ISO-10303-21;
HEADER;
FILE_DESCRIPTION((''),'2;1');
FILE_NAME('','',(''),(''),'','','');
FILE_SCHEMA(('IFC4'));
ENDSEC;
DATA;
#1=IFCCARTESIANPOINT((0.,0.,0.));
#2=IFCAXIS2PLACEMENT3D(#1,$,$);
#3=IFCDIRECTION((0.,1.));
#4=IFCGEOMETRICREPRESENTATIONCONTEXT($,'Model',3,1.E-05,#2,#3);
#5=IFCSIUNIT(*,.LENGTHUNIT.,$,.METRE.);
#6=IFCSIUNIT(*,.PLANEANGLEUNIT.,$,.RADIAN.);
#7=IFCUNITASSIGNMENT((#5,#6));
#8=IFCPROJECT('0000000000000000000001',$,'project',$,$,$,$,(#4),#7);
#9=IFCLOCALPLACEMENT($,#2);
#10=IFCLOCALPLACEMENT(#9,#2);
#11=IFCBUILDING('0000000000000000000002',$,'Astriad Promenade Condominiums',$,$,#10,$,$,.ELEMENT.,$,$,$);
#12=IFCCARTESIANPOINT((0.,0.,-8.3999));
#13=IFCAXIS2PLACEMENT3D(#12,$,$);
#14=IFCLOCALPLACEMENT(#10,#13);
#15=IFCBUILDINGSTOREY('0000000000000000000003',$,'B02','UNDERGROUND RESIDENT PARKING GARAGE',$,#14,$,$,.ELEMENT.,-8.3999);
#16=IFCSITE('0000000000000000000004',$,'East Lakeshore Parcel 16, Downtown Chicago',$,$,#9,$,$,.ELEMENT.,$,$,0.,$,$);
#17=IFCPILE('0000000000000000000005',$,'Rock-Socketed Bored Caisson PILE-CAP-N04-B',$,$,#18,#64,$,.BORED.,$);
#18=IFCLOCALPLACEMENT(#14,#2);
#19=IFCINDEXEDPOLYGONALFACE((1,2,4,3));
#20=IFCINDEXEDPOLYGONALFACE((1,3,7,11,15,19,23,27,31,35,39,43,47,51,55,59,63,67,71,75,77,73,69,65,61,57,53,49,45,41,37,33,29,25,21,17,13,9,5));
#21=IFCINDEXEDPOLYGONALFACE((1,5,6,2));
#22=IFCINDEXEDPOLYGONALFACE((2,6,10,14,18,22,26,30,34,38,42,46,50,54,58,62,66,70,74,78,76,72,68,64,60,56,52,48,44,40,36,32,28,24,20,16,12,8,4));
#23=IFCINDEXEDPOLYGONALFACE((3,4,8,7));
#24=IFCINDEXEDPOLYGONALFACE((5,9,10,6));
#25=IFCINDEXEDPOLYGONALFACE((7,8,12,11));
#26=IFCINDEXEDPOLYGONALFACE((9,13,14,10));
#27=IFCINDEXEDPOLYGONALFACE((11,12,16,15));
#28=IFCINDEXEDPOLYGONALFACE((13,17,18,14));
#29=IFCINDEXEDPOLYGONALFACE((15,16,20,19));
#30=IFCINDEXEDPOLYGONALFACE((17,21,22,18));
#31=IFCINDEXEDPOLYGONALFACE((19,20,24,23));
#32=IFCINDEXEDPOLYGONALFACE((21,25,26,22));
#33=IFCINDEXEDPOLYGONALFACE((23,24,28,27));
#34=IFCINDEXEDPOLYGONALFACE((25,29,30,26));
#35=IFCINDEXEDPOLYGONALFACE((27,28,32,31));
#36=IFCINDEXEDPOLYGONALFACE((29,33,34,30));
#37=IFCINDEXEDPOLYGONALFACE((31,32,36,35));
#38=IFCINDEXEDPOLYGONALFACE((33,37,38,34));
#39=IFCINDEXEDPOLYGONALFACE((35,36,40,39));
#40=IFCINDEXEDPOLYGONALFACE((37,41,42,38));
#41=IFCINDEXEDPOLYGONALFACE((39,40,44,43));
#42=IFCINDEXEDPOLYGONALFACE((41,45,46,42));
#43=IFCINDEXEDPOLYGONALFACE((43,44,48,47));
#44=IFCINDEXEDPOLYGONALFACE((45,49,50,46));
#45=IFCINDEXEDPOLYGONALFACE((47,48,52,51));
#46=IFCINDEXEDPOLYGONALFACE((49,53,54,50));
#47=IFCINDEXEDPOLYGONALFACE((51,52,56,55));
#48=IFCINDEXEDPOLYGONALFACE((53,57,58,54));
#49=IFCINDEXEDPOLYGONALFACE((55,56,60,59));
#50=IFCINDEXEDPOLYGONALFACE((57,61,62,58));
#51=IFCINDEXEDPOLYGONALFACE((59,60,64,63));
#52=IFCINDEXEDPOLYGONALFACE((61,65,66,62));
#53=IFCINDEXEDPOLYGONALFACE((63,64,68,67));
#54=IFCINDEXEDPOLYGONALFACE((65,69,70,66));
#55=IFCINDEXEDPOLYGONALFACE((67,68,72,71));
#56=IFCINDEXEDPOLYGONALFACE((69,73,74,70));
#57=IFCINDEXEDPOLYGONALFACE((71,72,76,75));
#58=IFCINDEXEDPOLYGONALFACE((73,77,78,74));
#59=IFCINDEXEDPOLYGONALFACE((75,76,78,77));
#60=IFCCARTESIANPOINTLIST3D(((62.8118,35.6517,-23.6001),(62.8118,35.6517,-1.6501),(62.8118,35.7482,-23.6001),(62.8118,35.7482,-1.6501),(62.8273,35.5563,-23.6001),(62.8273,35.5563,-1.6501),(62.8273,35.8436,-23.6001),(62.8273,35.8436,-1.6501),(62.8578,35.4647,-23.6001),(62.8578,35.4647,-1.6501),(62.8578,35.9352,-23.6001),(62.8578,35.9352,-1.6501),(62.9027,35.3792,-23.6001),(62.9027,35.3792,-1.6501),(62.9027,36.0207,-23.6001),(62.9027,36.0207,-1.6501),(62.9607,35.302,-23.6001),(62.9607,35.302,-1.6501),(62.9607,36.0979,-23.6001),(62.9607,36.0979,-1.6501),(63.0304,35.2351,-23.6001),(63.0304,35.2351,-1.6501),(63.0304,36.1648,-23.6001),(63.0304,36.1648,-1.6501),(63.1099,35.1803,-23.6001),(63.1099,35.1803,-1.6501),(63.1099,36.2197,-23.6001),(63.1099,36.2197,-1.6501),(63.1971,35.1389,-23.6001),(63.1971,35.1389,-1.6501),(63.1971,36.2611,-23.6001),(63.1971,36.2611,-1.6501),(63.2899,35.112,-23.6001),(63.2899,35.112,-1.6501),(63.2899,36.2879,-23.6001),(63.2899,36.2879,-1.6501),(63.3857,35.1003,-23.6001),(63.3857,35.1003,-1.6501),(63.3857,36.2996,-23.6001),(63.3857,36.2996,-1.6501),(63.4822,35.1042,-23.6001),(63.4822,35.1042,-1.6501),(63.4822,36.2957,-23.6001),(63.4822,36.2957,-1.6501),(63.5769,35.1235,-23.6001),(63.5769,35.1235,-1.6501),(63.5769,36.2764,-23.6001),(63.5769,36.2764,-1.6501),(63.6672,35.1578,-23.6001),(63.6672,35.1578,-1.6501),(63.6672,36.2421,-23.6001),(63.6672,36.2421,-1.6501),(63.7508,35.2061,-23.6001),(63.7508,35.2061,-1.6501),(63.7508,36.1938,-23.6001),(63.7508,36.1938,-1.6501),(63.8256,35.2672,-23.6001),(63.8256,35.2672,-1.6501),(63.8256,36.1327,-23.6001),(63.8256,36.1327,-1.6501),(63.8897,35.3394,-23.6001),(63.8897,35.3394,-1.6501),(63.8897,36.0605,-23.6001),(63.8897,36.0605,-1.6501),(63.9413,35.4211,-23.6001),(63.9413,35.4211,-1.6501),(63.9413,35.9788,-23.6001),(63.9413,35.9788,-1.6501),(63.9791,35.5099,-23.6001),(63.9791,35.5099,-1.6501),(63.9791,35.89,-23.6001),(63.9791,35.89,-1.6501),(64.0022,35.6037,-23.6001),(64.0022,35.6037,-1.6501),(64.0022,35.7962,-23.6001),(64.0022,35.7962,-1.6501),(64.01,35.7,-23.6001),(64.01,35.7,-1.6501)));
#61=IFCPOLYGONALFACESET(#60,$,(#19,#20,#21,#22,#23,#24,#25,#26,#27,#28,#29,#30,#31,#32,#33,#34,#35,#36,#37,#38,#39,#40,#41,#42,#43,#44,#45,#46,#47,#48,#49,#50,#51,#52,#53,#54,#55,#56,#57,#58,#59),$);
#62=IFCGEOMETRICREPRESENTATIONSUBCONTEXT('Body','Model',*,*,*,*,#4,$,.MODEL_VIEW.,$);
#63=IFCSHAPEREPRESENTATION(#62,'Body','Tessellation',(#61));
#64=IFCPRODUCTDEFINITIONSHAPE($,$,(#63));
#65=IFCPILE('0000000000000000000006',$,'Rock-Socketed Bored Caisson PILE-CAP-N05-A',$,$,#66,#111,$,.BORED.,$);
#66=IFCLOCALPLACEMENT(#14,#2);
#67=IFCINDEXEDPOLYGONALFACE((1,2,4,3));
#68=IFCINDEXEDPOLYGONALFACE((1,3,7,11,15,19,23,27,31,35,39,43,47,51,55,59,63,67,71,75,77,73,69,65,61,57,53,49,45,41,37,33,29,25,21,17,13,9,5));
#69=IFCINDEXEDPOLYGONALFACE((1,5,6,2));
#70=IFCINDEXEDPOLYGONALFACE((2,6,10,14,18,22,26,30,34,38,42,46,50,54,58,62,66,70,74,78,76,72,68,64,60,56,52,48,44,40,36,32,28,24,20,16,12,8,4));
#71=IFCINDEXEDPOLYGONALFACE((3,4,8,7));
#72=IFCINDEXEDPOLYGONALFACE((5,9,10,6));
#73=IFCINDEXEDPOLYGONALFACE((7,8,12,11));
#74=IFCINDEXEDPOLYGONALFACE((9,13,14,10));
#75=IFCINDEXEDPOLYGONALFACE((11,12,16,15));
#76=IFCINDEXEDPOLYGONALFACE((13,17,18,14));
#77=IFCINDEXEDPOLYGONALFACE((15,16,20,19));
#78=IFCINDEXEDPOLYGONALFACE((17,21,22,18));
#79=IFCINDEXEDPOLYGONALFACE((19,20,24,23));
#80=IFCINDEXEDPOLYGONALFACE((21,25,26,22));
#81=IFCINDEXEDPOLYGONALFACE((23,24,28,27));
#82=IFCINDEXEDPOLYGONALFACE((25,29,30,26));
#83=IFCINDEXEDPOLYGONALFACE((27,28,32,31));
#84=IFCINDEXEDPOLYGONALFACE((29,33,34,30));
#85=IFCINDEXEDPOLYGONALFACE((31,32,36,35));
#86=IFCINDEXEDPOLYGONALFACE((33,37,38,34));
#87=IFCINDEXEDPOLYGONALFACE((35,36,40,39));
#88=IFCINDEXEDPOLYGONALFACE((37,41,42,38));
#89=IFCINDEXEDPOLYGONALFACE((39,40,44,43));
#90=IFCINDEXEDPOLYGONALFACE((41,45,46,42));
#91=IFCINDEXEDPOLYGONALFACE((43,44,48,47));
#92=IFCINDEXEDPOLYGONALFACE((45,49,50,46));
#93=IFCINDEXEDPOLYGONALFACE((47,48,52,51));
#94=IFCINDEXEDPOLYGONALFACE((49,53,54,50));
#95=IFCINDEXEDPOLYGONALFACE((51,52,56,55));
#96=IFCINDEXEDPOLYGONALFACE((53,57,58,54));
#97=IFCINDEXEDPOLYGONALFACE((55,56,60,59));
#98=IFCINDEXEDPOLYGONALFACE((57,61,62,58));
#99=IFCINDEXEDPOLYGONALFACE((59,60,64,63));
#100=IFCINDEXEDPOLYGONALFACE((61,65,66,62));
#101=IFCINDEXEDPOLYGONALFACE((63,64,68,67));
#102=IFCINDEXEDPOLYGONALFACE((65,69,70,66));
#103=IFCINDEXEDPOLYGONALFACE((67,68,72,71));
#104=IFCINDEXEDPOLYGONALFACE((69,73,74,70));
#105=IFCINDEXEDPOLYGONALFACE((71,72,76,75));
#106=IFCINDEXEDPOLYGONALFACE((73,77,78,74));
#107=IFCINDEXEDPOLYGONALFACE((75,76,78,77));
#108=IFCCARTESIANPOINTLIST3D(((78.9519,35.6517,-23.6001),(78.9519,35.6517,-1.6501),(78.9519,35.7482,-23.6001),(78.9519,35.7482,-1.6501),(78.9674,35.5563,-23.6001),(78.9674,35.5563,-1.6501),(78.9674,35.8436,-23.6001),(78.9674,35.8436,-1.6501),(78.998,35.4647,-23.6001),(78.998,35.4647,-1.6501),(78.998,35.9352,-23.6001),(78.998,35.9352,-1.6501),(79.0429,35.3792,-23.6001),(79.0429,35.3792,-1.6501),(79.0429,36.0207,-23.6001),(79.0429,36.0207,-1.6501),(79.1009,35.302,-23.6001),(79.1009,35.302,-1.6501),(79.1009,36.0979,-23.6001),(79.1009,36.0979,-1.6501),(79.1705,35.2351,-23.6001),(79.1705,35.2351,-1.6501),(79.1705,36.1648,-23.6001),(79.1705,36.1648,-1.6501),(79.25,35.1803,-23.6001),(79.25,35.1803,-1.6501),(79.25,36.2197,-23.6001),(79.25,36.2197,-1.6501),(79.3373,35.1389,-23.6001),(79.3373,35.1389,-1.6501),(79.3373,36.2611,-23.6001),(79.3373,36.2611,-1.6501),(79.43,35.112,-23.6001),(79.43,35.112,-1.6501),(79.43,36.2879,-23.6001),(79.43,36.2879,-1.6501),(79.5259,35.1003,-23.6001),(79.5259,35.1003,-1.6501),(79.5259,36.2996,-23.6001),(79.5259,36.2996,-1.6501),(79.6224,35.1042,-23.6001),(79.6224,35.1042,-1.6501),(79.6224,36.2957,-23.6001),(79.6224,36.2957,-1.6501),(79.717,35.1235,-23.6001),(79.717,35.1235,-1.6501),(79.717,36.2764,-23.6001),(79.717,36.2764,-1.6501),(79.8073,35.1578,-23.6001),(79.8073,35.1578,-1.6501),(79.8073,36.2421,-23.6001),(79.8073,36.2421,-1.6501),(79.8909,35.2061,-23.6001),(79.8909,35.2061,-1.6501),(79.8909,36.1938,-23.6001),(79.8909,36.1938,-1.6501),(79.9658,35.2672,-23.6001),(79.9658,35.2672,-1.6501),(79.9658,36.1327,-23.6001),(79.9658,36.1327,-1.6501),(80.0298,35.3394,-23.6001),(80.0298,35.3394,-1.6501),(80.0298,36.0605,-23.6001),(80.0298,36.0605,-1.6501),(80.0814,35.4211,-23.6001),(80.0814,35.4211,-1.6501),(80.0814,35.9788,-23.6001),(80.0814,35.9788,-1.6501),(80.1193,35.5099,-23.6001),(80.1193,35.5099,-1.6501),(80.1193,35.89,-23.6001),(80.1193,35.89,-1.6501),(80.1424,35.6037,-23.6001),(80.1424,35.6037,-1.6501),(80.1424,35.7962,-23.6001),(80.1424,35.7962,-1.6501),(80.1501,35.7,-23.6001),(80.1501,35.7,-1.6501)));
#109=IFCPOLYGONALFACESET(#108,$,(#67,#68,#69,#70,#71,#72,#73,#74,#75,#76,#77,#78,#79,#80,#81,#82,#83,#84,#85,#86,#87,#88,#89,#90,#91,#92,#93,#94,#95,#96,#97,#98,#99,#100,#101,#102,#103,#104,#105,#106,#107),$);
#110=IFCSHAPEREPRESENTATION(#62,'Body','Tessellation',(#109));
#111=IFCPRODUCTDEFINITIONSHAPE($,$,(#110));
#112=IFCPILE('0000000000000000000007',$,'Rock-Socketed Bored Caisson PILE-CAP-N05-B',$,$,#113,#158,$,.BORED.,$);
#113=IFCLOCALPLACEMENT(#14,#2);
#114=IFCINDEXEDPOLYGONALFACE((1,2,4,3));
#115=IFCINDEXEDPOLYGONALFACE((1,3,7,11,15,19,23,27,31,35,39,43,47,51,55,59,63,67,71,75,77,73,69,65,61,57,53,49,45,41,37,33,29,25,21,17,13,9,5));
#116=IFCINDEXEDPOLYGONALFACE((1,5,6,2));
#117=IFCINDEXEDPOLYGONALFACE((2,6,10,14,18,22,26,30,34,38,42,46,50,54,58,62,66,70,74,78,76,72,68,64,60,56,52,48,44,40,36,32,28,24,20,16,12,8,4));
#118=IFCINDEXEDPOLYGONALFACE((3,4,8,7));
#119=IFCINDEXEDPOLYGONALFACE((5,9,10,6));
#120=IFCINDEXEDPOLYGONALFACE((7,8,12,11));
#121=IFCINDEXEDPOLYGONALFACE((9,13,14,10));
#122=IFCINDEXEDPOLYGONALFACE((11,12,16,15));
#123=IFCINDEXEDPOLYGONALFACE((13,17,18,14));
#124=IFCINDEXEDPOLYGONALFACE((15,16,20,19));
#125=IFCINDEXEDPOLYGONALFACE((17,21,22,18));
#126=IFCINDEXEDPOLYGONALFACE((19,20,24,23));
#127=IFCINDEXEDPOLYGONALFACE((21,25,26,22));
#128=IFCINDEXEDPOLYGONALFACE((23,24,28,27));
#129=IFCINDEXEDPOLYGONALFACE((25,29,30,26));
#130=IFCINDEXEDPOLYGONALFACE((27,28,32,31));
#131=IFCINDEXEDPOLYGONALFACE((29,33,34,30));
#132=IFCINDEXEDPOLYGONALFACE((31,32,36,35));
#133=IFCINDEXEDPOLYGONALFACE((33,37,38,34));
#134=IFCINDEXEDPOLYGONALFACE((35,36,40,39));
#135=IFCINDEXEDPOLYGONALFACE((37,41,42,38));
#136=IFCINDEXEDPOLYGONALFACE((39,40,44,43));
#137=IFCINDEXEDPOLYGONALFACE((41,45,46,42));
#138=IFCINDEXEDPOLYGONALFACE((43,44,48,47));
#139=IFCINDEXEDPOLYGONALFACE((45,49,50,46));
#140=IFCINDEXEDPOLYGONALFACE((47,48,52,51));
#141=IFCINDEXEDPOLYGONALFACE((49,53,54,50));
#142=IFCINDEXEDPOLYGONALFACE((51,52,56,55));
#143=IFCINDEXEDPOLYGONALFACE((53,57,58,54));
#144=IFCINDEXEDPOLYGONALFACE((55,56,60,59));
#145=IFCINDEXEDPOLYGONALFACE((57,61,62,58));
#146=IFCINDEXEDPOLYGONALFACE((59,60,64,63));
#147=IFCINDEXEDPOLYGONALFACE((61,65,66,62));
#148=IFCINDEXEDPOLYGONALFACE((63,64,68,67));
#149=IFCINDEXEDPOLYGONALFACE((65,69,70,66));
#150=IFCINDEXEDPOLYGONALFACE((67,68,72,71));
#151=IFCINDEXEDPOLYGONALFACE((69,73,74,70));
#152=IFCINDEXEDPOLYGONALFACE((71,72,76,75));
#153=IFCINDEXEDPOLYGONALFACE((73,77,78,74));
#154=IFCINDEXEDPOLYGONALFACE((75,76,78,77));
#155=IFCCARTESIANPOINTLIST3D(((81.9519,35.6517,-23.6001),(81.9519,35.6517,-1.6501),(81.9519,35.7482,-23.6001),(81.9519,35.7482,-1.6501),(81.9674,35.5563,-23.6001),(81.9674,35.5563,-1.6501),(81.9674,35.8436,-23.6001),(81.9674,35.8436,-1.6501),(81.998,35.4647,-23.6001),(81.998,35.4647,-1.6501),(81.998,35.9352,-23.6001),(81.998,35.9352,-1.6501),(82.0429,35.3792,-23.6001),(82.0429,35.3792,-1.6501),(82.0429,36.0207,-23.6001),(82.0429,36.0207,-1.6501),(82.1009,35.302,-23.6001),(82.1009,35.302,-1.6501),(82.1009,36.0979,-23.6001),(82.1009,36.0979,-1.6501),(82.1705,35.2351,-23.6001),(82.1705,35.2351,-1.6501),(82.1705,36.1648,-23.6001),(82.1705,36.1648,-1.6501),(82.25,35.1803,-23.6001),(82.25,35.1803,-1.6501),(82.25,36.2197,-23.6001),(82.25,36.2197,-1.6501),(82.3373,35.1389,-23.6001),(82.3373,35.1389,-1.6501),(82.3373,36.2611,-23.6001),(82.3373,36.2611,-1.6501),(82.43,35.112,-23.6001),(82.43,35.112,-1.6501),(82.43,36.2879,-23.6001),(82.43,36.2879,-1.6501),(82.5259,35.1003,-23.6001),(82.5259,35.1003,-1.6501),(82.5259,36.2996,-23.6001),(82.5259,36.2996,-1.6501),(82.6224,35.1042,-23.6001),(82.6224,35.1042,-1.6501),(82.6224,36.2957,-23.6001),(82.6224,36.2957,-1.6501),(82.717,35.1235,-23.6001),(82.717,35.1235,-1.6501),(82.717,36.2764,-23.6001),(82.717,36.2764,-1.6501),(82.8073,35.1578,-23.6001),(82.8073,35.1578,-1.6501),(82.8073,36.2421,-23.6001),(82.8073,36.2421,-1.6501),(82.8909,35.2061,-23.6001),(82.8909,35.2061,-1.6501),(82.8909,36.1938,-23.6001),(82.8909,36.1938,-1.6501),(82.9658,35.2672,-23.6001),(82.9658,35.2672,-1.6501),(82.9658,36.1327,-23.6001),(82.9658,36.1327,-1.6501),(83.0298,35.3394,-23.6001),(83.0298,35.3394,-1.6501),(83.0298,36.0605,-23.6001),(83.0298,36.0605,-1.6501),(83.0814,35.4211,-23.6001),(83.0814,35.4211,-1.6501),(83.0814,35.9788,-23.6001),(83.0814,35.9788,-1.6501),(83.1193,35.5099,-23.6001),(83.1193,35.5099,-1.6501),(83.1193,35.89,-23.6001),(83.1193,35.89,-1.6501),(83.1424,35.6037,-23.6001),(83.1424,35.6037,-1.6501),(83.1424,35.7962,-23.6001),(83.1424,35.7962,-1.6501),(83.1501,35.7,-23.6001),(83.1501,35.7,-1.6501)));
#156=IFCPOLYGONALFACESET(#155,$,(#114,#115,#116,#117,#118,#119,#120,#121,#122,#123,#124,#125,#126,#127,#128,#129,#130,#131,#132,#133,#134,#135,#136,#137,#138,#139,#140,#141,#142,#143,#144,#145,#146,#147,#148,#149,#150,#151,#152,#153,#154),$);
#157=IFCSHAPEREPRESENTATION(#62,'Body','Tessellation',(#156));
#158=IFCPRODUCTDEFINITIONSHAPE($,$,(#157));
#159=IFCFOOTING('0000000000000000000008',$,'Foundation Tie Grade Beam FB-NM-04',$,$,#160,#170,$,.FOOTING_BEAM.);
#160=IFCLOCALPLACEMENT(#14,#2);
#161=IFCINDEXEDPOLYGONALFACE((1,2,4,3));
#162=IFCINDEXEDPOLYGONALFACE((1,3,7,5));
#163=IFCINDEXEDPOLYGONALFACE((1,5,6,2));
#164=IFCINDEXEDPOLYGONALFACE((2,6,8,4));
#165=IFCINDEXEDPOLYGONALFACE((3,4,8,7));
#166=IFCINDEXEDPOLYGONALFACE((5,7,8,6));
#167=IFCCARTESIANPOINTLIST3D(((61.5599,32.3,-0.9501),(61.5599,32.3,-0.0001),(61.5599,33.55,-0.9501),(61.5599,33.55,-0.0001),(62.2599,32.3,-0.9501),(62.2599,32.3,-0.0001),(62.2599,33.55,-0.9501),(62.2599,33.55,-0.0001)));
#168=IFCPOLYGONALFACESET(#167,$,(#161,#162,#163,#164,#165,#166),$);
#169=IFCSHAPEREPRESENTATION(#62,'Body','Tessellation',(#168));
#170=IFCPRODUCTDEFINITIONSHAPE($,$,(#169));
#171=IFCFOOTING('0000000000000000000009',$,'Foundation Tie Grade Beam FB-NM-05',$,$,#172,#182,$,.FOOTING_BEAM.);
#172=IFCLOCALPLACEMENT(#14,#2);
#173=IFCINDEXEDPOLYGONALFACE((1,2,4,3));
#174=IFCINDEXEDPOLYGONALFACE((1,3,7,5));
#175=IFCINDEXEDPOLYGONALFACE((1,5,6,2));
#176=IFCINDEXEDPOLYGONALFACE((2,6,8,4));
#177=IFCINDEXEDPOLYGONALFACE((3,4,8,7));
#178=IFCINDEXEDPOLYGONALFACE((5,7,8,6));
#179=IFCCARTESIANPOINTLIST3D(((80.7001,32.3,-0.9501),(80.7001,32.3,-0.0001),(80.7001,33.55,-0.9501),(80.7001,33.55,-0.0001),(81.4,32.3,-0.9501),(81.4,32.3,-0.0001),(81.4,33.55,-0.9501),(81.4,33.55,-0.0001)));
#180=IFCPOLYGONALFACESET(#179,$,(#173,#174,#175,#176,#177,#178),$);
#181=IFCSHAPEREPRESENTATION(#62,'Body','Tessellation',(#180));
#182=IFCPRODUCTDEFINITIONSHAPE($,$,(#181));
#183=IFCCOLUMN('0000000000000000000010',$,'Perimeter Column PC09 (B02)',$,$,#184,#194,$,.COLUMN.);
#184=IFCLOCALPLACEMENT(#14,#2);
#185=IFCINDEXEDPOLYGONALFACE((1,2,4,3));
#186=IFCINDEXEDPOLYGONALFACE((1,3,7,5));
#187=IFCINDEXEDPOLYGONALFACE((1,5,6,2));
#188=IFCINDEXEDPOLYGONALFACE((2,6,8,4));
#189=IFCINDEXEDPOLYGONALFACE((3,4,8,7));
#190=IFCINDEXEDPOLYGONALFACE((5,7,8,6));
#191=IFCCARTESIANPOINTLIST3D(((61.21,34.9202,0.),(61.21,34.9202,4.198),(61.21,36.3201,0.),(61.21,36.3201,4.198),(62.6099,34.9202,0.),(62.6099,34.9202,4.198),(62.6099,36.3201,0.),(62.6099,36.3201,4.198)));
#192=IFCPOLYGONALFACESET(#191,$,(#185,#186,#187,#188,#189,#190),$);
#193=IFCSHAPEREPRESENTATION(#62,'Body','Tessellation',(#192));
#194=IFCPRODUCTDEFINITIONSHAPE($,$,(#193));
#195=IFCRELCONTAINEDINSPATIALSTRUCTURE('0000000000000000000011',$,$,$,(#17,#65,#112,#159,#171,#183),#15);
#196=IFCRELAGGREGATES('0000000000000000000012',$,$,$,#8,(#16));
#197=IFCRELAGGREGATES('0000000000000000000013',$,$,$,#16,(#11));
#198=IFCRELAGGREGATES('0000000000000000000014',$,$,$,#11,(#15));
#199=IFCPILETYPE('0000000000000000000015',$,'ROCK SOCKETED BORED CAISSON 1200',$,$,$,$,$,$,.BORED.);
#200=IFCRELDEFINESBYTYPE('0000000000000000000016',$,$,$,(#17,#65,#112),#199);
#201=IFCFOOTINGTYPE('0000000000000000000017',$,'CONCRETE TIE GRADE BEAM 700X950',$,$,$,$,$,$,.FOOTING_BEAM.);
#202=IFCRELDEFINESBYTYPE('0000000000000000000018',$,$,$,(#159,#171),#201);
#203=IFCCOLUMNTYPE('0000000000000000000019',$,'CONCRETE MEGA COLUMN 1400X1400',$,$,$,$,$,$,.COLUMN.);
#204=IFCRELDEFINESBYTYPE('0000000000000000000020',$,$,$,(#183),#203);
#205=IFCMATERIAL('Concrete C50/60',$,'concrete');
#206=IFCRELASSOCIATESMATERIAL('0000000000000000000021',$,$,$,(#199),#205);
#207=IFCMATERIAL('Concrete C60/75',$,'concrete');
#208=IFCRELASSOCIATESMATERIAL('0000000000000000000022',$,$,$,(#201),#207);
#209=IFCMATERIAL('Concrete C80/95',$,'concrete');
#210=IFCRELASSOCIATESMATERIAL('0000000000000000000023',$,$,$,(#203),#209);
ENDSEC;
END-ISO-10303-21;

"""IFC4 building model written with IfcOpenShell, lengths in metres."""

from ifc_helpers import new_model, si_unit, direction, frame, origin, origin_2d, place, context, subcontext, project, spatial, rectangle, circle, extrude, source, transform, mapped, material, material_profile, profile_set, type_object, type_shapes, element, save


model = new_model("IFC4")

# Units and contexts
model_context = context("Model", 3, precision=1e-05, world=origin(), true_north=direction((0.0, 1.0)))
body_context = subcontext(model_context, "Body", "Model", "MODEL_VIEW")
ifc_project = project(units=[si_unit("LENGTHUNIT", "METRE"), si_unit("PLANEANGLEUNIT", "RADIAN")], contexts=[model_context])

# Site, building, storey
site_placement = place(None, origin())
site = spatial("IfcSite", under=ifc_project, at=site_placement, Name="East Lakeshore Parcel 16, Downtown Chicago", CompositionType="ELEMENT", RefElevation=0.0)
building_placement = place(site_placement, origin())
building = spatial("IfcBuilding", under=site, at=building_placement, Name="Astriad Promenade Condominiums", CompositionType="ELEMENT")
storey_placement = place(building_placement, frame((0.0, 0.0, -8.3999)))
storey = spatial("IfcBuildingStorey", under=building, at=storey_placement, Name="B02", Description="UNDERGROUND RESIDENT PARKING GARAGE", CompositionType="ELEMENT", Elevation=-8.3999)

# Piles
ifc_material_1 = material(Name="Concrete C50/60", Category="concrete")
ifc_material_profile_1 = material_profile(ifc_material_1, circle(Radius=0.6001, at=origin_2d()), Name="CAISSON-D1200")
ifc_profile_set_1 = profile_set([ifc_material_profile_1], Name="Concrete C50/60")
pile_type_1 = type_object("IfcPileType", Name="ROCK SOCKETED BORED CAISSON 1200", PredefinedType="BORED", material=ifc_profile_set_1)
shared_shape_1 = source(origin(), body_context, "Body", "SweptSolid", [
    extrude(circle(Radius=0.6001, at=origin_2d()), origin(), (0.0, 0.0, 1.0), 21.95),
])
type_shapes(pile_type_1, [shared_shape_1])
for number, where, z_axis, x_axis, name in (
    (1, (63.4099, 35.7, -1.6501), (0.0, 0.0, -1.0), (1.0, 0.0, 0.0), "Rock-Socketed Bored Caisson PILE-CAP-N04-B"),
    (2, (79.55, 35.7, -1.6501), (0.0, 0.0, -1.0), (1.0, 0.0, 0.0), "Rock-Socketed Bored Caisson PILE-CAP-N05-A"),
    (3, (82.55, 35.7, -1.6501), (0.0, 0.0, -1.0), (1.0, 0.0, 0.0), "Rock-Socketed Bored Caisson PILE-CAP-N05-B"),
):
    element("IfcPile", number, at=place(storey_placement, frame(where, z_axis=z_axis, x_axis=x_axis)), inside=storey, type_object=pile_type_1, Name=name, PredefinedType="BORED", context=body_context, shape_type="MappedRepresentation", body=[
        mapped(shared_shape_1, transform((0.0, 0.0, 0.0), scale=1.0)),
    ])

# Footings
ifc_material_2 = material(Name="Concrete C60/75", Category="concrete")
ifc_material_profile_2 = material_profile(ifc_material_2, rectangle(XDim=0.7, YDim=0.95, at=origin_2d()), Name="RC-BM-700X950")
ifc_profile_set_2 = profile_set([ifc_material_profile_2], Name="Concrete C60/75")
footing_type = type_object("IfcFootingType", Name="CONCRETE TIE GRADE BEAM 700X950", PredefinedType="FOOTING_BEAM", material=ifc_profile_set_2)
shared_shape_2 = source(origin(), body_context, "Body", "SweptSolid", [
    extrude(rectangle(XDim=0.7, YDim=0.95, at=origin_2d()), origin(), (0.0, 0.0, 1.0), 1.25),
])
type_shapes(footing_type, [shared_shape_2])
for number, where, z_axis, x_axis, name in (
    (4, (61.9099, 32.3, -0.4751), (0.0, 1.0, 0.0), (-1.0, 0.0, 0.0), "Foundation Tie Grade Beam FB-NM-04"),
    (5, (81.05, 32.3, -0.4751), (0.0, 1.0, 0.0), (-1.0, 0.0, 0.0), "Foundation Tie Grade Beam FB-NM-05"),
):
    element("IfcFooting", number, at=place(storey_placement, frame(where, z_axis=z_axis, x_axis=x_axis)), inside=storey, type_object=footing_type, Name=name, PredefinedType="FOOTING_BEAM", context=body_context, shape_type="MappedRepresentation", body=[
        mapped(shared_shape_2, transform((0.0, 0.0, 0.0), scale=1.0)),
    ])

# Column
ifc_material_3 = material(Name="Concrete C80/95", Category="concrete")
ifc_material_profile_3 = material_profile(ifc_material_3, rectangle(XDim=1.3999, YDim=1.3999, at=origin_2d()), Name="RC-COL-1400X1400")
ifc_profile_set_3 = profile_set([ifc_material_profile_3], Name="Concrete C80/95")
column_type = type_object("IfcColumnType", Name="CONCRETE MEGA COLUMN 1400X1400", PredefinedType="COLUMN", material=ifc_profile_set_3)
shared_shape_3 = source(origin(), body_context, "Body", "SweptSolid", [
    extrude(rectangle(XDim=1.3999, YDim=1.3999, at=origin_2d()), origin(), (0.0, 0.0, 1.0), 4.198),
])
type_shapes(column_type, [shared_shape_3])
for number, where, z_axis, x_axis, name in (
    (6, (61.9099, 35.6201, 0.0), (0.0, 0.0, 1.0), (1.0, 0.0, 0.0), "Perimeter Column PC09 (B02)"),
):
    element("IfcColumn", number, at=place(storey_placement, frame(where, z_axis=z_axis, x_axis=x_axis)), inside=storey, type_object=column_type, Name=name, PredefinedType="COLUMN", context=body_context, shape_type="MappedRepresentation", body=[
        mapped(shared_shape_3, transform((0.0, 0.0, 0.0), scale=1.0)),
    ])

save(model, "model.ifc")
